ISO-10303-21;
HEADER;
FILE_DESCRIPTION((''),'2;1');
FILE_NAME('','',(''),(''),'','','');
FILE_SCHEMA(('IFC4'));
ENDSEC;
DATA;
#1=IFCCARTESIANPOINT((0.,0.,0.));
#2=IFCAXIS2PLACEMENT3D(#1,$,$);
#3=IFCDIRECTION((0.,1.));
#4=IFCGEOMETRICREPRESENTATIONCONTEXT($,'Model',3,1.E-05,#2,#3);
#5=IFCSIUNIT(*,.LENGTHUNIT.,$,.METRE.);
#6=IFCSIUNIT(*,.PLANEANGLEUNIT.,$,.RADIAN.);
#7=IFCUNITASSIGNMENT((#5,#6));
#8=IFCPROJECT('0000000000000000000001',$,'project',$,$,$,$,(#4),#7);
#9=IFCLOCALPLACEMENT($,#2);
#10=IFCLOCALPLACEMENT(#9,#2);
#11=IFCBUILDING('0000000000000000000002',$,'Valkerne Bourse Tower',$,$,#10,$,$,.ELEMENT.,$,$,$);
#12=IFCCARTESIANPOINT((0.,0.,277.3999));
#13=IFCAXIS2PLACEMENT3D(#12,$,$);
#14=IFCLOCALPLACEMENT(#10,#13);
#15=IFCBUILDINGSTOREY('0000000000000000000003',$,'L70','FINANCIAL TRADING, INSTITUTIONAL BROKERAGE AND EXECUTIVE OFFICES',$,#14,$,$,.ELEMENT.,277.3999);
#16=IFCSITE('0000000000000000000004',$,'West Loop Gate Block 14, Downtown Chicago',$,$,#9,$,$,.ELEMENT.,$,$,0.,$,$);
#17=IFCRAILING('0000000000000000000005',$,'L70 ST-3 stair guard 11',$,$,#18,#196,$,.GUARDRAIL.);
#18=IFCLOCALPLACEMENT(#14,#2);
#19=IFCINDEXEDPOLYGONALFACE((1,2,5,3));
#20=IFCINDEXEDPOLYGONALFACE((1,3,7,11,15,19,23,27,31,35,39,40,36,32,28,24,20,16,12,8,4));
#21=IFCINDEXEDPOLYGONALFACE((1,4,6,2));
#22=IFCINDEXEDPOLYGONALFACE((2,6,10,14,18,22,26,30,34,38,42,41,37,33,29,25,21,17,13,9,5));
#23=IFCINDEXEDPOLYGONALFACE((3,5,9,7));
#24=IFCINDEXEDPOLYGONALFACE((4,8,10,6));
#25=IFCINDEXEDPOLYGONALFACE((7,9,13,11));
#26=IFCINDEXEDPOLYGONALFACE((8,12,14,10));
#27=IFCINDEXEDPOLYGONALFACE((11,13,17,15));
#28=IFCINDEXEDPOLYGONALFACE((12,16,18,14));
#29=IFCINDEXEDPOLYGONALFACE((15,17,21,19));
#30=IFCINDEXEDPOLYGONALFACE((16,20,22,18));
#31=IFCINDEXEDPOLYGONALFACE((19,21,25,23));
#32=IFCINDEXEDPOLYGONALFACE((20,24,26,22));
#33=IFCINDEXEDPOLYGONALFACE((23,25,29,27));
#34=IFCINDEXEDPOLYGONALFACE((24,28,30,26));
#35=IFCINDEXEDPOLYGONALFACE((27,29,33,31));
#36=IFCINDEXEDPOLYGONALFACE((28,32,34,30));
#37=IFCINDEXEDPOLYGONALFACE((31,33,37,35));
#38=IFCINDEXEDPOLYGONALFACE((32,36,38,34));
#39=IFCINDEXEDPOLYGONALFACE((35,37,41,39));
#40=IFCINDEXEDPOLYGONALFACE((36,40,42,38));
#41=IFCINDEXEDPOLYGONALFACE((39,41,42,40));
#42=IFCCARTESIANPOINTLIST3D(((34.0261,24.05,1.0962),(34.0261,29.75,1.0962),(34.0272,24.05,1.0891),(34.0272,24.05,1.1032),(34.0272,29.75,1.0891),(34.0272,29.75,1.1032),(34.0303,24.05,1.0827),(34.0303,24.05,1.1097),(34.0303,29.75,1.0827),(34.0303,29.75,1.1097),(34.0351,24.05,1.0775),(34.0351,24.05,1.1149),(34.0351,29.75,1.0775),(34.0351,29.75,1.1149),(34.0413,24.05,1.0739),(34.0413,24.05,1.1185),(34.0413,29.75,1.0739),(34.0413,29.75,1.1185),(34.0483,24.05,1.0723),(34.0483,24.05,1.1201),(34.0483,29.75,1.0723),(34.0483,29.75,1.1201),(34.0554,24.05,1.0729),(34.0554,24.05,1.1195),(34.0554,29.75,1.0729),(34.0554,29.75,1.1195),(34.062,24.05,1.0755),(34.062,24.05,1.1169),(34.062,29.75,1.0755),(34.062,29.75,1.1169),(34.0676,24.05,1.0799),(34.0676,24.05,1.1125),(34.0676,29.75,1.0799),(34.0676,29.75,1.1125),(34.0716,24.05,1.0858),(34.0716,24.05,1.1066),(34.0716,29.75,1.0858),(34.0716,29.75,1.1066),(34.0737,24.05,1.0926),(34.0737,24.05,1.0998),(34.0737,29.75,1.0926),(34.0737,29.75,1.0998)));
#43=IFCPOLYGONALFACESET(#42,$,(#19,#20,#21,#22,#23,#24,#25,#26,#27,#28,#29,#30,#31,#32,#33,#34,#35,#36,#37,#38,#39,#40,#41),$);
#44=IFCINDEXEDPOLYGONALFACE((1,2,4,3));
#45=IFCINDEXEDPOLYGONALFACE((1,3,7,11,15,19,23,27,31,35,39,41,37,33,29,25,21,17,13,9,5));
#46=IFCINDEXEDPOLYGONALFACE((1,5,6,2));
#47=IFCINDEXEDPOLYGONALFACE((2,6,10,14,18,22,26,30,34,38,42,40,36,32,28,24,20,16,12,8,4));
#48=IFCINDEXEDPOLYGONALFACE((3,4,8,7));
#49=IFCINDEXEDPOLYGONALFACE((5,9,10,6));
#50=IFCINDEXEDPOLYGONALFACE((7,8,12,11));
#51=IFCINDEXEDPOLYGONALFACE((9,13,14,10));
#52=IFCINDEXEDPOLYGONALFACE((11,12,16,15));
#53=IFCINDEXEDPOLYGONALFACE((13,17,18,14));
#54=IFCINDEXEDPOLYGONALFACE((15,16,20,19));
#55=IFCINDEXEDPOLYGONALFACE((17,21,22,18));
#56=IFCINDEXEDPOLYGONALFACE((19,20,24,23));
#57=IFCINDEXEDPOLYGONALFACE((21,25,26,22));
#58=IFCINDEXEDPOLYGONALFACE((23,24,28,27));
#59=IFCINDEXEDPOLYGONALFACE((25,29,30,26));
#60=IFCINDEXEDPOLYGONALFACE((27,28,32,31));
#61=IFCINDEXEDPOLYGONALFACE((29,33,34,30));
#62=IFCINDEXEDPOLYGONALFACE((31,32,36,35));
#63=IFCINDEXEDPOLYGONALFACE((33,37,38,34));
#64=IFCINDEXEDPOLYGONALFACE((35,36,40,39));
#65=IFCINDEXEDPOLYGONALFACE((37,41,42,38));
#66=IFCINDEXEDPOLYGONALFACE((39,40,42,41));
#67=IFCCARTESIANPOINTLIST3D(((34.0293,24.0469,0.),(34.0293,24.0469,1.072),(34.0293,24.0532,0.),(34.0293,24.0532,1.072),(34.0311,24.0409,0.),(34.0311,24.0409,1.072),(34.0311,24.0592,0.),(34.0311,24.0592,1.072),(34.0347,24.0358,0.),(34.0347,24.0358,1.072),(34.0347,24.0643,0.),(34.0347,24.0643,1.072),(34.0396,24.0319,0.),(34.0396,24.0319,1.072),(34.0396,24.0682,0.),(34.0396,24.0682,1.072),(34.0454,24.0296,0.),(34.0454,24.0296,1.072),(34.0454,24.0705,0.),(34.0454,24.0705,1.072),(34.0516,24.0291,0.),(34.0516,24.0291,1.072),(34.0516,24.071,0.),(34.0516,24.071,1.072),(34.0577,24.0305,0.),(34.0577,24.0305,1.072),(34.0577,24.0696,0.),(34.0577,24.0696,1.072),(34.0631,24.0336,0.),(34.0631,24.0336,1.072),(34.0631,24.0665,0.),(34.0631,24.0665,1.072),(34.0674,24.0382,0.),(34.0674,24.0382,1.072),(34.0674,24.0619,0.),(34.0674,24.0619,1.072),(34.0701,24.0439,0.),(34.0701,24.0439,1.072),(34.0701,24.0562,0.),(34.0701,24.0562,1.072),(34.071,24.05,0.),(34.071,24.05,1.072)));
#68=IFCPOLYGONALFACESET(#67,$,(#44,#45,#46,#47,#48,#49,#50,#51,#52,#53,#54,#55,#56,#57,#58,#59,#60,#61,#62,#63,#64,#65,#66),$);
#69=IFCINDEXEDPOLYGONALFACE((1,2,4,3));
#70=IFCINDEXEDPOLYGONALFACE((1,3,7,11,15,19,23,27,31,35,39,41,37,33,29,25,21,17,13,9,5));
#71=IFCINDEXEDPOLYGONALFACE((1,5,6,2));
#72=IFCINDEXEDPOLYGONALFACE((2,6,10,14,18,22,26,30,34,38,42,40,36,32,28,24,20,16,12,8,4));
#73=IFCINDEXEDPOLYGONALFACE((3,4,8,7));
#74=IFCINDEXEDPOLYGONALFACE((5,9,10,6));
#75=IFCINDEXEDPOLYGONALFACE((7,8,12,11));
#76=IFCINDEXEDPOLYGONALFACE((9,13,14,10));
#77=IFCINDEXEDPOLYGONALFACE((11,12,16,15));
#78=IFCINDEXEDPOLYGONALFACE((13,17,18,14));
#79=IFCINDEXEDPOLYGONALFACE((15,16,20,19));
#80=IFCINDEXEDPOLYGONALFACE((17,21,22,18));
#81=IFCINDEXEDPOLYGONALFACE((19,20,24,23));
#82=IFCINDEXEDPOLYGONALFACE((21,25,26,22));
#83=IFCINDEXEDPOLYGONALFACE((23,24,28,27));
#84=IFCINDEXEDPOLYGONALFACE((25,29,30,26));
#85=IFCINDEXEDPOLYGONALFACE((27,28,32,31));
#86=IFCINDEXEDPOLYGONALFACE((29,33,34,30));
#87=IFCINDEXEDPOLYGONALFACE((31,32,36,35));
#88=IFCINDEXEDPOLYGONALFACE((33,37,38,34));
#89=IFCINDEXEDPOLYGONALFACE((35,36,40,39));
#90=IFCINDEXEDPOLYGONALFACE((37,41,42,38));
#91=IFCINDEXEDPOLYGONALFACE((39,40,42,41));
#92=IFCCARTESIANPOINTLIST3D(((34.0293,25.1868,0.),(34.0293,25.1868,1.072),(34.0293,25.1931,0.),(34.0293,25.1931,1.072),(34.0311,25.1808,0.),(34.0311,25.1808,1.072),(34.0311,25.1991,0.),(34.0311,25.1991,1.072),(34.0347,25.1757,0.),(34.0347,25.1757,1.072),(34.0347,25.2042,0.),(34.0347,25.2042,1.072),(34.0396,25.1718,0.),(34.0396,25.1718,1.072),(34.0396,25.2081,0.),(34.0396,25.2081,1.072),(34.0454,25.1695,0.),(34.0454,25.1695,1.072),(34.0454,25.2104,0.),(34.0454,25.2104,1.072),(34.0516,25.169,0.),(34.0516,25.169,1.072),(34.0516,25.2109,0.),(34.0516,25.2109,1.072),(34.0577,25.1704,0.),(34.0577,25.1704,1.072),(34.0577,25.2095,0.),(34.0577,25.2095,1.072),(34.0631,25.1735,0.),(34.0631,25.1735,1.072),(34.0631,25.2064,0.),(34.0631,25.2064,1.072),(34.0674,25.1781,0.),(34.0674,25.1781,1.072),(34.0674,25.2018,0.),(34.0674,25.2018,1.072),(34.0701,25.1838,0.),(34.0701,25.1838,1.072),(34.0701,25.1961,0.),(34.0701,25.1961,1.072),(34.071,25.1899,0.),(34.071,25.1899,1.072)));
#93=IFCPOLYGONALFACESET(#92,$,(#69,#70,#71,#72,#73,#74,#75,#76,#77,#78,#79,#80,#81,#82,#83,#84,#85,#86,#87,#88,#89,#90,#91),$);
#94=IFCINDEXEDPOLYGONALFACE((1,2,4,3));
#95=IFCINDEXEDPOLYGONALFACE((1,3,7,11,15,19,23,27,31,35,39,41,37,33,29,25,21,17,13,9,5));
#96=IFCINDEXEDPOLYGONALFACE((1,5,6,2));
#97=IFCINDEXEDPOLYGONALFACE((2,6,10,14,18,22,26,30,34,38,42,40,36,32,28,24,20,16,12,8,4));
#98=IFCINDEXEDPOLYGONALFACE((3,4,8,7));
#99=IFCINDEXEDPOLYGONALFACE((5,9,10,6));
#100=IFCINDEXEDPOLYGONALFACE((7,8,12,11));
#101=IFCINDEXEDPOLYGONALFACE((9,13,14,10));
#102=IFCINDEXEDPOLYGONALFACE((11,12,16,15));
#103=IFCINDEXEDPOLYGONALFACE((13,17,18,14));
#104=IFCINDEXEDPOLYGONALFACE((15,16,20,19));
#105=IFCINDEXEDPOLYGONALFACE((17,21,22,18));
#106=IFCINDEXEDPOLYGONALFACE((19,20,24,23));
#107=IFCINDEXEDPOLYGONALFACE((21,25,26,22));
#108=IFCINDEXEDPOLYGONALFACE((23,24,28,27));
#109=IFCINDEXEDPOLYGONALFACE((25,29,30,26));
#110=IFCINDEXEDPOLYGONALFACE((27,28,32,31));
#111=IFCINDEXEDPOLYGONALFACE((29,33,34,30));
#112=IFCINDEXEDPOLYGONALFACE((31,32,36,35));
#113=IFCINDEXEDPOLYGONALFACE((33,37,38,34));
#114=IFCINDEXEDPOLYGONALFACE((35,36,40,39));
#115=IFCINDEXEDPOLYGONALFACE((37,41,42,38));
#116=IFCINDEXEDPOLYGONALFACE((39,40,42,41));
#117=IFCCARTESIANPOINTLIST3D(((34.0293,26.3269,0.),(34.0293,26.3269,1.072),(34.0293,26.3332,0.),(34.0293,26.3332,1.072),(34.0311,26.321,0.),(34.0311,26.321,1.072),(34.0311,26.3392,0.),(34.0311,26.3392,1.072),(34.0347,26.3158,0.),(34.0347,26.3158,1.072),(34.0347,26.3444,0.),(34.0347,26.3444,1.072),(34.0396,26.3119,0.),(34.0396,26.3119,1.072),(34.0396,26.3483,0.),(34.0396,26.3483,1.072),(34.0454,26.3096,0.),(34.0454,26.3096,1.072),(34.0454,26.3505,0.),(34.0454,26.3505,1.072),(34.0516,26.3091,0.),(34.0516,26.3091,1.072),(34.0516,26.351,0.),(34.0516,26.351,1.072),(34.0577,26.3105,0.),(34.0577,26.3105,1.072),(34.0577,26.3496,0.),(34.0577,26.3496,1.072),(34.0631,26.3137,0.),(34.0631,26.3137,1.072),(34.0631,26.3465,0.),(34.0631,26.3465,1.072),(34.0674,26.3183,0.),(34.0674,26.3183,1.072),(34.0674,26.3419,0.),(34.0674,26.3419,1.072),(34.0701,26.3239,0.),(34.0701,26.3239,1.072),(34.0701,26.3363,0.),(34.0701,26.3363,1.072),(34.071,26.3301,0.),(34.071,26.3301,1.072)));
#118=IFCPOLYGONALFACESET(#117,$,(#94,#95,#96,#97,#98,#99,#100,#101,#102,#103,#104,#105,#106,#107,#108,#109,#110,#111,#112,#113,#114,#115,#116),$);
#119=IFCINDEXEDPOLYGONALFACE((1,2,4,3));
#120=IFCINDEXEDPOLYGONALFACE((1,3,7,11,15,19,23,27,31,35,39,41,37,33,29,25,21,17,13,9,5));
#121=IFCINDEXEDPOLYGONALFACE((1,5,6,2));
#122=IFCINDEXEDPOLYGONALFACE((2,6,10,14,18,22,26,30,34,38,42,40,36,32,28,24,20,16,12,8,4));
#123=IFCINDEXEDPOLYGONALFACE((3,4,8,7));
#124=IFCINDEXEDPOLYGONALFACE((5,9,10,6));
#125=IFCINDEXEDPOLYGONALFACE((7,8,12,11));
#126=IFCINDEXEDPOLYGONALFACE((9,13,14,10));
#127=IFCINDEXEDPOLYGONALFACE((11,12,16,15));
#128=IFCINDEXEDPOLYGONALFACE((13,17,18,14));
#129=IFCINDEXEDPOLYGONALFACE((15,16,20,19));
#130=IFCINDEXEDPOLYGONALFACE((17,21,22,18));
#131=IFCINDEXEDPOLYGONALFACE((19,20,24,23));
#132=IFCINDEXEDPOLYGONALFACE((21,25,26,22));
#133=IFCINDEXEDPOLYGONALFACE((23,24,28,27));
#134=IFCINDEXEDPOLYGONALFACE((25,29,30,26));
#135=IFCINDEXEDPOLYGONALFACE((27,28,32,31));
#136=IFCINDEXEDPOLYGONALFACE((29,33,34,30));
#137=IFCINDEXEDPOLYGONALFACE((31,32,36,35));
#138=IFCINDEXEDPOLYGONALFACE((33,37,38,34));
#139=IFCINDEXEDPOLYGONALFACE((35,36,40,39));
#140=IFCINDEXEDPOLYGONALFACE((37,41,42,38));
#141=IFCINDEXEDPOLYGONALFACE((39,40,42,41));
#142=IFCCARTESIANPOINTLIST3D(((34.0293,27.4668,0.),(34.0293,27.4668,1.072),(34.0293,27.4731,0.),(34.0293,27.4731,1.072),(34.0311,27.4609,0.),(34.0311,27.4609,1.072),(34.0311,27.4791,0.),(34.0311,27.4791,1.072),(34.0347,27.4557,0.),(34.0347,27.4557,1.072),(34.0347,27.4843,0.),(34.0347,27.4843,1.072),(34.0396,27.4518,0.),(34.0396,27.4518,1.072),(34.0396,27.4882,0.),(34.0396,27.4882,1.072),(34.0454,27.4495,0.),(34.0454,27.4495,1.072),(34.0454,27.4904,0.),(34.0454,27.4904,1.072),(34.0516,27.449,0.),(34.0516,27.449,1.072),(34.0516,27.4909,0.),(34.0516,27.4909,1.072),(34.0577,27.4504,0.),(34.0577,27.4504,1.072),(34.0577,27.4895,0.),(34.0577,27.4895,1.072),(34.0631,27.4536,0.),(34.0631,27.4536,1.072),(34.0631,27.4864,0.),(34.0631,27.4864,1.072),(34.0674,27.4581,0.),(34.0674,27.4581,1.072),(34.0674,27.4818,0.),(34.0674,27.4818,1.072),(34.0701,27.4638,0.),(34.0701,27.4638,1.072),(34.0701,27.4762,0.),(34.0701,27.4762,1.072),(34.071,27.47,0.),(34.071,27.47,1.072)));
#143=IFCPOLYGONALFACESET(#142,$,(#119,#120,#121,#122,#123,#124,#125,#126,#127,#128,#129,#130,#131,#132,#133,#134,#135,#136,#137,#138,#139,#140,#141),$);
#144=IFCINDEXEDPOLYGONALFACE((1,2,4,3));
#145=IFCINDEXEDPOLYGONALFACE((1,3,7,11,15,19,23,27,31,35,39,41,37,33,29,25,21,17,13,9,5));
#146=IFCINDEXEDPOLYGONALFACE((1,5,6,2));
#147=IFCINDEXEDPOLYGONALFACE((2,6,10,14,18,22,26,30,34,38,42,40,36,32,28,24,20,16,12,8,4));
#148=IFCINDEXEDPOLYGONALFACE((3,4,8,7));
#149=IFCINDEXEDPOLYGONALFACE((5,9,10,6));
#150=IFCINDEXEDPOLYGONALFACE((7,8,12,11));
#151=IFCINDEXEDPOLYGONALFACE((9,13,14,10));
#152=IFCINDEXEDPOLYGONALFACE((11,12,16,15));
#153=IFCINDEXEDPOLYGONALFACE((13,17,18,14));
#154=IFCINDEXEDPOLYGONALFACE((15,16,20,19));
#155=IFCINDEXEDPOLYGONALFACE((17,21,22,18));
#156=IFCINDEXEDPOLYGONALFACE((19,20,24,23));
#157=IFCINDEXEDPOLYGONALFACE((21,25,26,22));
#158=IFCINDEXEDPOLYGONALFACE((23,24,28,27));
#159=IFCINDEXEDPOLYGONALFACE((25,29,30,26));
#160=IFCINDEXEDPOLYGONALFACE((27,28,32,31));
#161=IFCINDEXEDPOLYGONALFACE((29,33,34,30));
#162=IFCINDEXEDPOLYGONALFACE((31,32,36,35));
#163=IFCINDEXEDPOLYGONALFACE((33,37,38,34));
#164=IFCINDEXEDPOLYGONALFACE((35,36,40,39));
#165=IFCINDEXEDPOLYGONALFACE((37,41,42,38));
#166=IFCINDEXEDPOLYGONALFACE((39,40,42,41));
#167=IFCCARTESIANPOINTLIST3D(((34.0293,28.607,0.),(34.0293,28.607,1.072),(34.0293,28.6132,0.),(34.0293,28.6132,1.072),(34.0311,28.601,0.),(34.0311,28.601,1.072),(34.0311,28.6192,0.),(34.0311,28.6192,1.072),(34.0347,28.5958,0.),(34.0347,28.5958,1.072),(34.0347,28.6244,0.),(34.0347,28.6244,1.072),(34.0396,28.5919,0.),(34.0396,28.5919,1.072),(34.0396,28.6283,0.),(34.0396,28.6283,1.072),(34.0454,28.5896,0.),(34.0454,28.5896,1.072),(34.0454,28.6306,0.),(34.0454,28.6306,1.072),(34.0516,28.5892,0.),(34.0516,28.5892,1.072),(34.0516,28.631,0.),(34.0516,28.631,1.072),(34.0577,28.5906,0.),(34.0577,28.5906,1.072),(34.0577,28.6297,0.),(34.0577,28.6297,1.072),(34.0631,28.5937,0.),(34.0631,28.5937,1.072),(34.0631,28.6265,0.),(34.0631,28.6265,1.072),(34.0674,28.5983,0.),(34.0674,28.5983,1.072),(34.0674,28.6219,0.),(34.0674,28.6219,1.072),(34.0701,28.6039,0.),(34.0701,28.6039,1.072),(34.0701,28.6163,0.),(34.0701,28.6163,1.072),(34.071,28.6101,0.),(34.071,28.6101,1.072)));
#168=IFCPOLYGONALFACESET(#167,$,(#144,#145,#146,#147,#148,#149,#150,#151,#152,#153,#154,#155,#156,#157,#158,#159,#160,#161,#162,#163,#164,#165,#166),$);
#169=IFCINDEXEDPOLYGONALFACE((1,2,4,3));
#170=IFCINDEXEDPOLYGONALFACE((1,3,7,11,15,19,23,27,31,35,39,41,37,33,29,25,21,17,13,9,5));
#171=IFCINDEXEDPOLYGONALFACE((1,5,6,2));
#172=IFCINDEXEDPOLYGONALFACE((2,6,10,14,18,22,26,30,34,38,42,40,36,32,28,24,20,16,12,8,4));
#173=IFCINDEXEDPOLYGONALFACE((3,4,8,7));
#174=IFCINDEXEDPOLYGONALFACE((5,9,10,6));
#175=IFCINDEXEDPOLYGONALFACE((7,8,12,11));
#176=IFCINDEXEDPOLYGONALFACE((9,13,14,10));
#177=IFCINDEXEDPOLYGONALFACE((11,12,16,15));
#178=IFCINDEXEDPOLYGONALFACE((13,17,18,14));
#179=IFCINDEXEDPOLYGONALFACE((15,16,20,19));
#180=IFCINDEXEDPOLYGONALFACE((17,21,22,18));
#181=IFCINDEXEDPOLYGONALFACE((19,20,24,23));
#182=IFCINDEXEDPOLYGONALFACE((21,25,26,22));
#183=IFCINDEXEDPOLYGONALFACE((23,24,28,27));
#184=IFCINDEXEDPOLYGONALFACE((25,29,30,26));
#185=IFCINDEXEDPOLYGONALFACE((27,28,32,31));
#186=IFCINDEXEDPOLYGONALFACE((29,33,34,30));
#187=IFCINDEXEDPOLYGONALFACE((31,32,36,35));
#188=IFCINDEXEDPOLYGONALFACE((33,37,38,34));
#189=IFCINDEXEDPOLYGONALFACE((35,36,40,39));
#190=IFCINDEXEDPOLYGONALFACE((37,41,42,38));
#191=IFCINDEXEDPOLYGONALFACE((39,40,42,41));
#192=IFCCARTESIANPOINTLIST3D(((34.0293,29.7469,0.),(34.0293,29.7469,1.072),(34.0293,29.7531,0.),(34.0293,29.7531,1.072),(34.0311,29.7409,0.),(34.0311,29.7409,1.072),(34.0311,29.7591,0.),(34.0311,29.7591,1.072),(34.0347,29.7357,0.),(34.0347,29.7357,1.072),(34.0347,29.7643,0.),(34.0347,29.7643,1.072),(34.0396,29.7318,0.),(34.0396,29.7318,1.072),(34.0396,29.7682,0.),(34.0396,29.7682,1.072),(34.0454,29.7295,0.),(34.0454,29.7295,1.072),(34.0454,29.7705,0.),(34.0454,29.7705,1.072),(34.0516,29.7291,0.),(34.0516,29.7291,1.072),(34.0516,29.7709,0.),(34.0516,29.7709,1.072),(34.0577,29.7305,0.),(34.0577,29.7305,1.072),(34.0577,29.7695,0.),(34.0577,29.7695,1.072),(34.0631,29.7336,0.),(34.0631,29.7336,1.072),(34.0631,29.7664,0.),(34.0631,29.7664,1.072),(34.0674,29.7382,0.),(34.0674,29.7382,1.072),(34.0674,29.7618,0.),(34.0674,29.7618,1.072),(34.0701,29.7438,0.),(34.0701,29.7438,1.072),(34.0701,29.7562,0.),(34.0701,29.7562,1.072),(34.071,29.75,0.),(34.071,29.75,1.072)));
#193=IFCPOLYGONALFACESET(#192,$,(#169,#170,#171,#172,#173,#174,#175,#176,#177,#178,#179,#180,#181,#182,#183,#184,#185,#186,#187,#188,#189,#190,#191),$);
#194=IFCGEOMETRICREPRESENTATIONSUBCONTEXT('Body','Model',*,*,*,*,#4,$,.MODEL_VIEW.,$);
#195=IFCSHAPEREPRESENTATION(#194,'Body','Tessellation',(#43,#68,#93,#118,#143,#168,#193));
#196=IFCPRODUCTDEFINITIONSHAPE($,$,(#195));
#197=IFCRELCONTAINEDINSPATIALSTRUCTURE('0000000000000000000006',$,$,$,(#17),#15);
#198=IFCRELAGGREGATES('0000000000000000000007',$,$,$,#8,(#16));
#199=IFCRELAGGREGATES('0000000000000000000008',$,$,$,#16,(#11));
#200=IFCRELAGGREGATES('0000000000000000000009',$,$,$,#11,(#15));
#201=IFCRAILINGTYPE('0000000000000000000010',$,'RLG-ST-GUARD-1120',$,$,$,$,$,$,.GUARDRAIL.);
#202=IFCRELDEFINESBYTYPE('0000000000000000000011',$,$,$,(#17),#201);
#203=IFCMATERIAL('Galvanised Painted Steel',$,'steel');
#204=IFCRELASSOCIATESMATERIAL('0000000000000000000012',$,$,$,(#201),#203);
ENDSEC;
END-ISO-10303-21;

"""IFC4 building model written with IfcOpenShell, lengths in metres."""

from ifc_helpers import new_model, si_unit, direction, frame, origin, origin_2d, place, context, subcontext, project, spatial, circle, extrude, material, type_object, element, save


model = new_model("IFC4")

# Units and contexts
model_context = context("Model", 3, precision=1e-05, world=origin(), true_north=direction((0.0, 1.0)))
body_context = subcontext(model_context, "Body", "Model", "MODEL_VIEW")
ifc_project = project(units=[si_unit("LENGTHUNIT", "METRE"), si_unit("PLANEANGLEUNIT", "RADIAN")], contexts=[model_context])

# Site, building, storey
site_placement = place(None, origin())
site = spatial("IfcSite", under=ifc_project, at=site_placement, Name="West Loop Gate Block 14, Downtown Chicago", CompositionType="ELEMENT", RefElevation=0.0)
building_placement = place(site_placement, origin())
building = spatial("IfcBuilding", under=site, at=building_placement, Name="Valkerne Bourse Tower", CompositionType="ELEMENT")
storey_placement = place(building_placement, frame((0.0, 0.0, 277.3999)))
storey = spatial("IfcBuildingStorey", under=building, at=storey_placement, Name="L70", Description="FINANCIAL TRADING, INSTITUTIONAL BROKERAGE AND EXECUTIVE OFFICES", CompositionType="ELEMENT", Elevation=277.3999)

# Shared definitions
ifc_material_1 = material(Name="Galvanised Painted Steel", Category="steel")

# Railing
railing_type_1 = type_object("IfcRailingType", Name="RLG-ST-GUARD-1120", PredefinedType="GUARDRAIL", material=ifc_material_1)
railing_1_placement = place(storey_placement, frame((34.05, 24.05, 0.0)))
element("IfcRailing", 1, at=railing_1_placement, inside=storey, type_object=railing_type_1, Name="L70 ST-3 stair guard 11", PredefinedType="GUARDRAIL", context=body_context, shape_type="SweptSolid", body=[
    extrude(circle(Radius=0.0239, at=origin_2d()), frame((0.0, 0.0, 1.0962), z_axis=(0.0, 1.0, 0.0), x_axis=(-1.0, 0.0, 0.0)), (0.0, 0.0, 1.0), 5.7),
    extrude(circle(Radius=0.021, at=origin_2d()), origin(), (0.0, 0.0, 1.0), 1.072),
    extrude(circle(Radius=0.021, at=origin_2d()), frame((0.0, 1.1399, 0.0)), (0.0, 0.0, 1.0), 1.072),
    extrude(circle(Radius=0.021, at=origin_2d()), frame((0.0, 2.28, 0.0)), (0.0, 0.0, 1.0), 1.072),
    extrude(circle(Radius=0.021, at=origin_2d()), frame((0.0, 3.4199, 0.0)), (0.0, 0.0, 1.0), 1.072),
    extrude(circle(Radius=0.021, at=origin_2d()), frame((0.0, 4.5601, 0.0)), (0.0, 0.0, 1.0), 1.072),
    extrude(circle(Radius=0.021, at=origin_2d()), frame((0.0, 5.7, 0.0)), (0.0, 0.0, 1.0), 1.072),
])

save(model, "model.ifc")
